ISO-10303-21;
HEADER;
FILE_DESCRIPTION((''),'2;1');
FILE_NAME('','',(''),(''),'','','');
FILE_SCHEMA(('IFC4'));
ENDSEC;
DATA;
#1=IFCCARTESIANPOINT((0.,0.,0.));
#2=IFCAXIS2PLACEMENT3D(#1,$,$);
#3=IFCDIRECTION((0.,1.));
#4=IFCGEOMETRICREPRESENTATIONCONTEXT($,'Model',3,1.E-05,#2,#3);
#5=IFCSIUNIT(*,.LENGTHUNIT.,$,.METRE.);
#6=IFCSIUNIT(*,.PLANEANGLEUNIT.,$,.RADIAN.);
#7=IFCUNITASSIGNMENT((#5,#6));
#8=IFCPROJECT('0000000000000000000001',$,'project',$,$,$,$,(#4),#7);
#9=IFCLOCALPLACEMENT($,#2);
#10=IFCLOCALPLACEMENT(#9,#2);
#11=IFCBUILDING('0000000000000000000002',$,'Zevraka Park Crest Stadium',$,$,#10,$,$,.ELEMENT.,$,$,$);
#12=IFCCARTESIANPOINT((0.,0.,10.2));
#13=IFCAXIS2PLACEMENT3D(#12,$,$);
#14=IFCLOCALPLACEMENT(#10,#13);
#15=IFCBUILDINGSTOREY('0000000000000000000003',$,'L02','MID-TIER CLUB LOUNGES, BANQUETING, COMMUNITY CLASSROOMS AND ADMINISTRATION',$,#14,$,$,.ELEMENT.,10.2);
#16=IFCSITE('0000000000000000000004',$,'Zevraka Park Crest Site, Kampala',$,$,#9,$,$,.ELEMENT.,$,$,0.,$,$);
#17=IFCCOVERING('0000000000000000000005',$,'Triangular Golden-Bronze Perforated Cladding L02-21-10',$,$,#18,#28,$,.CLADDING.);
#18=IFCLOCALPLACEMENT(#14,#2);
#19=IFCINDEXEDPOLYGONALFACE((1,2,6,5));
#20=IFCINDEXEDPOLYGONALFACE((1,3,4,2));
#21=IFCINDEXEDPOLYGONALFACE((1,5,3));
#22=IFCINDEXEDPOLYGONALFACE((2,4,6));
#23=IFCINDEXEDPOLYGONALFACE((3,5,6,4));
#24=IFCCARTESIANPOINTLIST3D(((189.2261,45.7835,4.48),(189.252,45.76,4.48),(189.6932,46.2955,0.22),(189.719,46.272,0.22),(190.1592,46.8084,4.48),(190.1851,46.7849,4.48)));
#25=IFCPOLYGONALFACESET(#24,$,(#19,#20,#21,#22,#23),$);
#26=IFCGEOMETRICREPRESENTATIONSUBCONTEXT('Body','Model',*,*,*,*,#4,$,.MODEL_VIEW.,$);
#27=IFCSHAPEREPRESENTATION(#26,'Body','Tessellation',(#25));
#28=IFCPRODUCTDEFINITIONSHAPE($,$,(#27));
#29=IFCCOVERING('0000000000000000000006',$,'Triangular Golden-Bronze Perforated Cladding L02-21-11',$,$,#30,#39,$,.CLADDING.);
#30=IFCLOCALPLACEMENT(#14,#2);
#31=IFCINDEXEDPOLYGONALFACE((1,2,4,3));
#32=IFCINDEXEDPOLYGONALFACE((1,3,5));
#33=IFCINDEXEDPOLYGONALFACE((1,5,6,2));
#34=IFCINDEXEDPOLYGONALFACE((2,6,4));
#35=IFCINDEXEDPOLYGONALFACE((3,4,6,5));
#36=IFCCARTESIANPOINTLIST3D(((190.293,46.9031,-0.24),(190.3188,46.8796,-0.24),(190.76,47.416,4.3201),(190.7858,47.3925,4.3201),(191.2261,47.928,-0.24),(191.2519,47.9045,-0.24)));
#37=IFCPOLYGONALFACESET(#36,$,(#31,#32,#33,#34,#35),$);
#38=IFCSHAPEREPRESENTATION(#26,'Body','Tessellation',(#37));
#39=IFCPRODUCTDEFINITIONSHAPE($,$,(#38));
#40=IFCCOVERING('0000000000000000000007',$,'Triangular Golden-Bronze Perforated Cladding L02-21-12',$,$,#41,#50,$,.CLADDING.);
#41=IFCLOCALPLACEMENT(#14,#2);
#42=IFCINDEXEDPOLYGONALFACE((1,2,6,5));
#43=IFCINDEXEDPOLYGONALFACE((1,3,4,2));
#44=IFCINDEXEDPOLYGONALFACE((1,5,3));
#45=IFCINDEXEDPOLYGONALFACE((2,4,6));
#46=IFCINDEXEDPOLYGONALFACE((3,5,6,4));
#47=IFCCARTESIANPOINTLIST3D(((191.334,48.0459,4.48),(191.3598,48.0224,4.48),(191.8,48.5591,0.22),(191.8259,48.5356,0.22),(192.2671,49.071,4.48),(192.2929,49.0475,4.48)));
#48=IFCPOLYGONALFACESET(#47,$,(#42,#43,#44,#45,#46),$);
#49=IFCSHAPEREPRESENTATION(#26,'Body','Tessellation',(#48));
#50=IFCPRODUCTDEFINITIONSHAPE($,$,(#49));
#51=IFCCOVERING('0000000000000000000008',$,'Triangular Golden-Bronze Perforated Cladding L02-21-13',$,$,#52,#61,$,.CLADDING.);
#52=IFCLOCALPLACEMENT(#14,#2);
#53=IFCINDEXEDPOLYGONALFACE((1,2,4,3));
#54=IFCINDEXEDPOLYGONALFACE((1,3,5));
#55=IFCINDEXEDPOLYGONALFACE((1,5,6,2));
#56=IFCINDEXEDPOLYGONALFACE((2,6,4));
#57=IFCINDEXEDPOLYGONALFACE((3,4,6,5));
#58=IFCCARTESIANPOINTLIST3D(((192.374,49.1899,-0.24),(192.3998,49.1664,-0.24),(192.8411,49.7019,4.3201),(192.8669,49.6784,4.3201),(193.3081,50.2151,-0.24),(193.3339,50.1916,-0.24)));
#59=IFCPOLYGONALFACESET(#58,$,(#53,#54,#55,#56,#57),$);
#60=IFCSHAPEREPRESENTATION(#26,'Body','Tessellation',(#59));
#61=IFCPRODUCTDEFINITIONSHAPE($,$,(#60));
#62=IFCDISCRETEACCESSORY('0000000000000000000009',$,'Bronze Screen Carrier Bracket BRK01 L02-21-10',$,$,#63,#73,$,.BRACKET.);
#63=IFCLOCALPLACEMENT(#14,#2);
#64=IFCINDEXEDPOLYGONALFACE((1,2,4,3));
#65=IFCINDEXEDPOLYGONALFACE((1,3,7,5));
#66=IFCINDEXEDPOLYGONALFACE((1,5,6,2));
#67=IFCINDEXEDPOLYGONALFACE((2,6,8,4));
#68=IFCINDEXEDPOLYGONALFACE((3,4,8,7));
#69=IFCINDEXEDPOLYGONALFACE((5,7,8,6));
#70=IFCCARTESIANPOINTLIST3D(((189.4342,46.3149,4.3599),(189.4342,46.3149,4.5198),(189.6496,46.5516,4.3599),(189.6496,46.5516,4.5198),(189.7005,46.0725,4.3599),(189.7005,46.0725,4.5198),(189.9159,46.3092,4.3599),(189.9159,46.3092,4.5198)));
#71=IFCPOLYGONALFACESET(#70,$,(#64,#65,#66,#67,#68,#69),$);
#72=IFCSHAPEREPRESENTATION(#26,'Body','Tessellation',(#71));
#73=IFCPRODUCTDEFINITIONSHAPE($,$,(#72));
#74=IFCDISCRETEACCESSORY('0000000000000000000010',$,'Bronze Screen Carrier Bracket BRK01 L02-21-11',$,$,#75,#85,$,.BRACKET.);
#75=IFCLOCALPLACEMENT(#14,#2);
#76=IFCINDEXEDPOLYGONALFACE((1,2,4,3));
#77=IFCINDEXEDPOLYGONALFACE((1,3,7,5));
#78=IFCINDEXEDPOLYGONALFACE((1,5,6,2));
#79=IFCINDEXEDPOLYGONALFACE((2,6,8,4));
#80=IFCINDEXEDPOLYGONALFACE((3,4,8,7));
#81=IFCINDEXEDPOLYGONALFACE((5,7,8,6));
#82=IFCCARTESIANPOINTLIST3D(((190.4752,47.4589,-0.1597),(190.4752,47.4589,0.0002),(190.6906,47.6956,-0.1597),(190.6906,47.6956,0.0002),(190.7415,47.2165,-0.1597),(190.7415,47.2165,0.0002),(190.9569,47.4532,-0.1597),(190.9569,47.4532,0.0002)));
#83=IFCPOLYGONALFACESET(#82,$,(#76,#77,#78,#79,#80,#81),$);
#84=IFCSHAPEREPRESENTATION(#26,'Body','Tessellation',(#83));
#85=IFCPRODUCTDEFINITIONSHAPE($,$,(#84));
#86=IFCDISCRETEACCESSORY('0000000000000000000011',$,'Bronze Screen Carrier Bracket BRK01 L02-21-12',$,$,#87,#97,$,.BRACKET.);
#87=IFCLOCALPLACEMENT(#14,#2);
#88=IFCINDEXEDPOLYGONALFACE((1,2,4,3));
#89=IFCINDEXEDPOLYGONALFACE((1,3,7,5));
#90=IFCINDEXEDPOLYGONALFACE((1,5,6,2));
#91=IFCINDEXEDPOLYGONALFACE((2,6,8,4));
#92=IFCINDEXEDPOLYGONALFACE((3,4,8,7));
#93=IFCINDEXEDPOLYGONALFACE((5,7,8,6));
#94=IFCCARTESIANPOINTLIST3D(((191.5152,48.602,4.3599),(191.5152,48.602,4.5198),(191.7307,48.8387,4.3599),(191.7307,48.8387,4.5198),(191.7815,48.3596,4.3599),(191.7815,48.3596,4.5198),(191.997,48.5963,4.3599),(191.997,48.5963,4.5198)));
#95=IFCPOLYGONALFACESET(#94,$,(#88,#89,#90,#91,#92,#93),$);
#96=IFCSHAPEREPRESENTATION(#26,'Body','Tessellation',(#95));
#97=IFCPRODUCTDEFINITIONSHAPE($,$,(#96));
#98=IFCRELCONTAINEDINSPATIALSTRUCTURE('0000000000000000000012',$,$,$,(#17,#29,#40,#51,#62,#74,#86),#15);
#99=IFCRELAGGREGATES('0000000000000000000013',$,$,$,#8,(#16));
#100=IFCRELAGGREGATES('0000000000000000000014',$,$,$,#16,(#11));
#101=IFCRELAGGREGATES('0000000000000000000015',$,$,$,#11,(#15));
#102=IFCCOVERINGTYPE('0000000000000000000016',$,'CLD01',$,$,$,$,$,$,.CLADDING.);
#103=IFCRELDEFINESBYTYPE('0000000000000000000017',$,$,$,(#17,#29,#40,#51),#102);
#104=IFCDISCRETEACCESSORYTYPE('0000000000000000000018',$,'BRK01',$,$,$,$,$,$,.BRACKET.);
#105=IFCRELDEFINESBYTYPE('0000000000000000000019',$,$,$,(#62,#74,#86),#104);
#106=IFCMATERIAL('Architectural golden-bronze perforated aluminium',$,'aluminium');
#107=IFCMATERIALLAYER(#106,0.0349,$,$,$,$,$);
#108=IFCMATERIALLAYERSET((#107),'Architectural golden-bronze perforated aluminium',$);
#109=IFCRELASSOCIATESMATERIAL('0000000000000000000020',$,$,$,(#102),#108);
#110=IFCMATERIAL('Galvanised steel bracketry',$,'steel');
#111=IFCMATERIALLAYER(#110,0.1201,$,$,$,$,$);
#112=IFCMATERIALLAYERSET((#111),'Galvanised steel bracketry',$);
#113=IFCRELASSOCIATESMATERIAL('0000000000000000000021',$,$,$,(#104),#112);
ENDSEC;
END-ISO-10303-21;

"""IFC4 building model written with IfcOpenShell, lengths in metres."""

from ifc_helpers import new_model, si_unit, direction, frame, origin, origin_2d, place, context, subcontext, project, spatial, polyline, rectangle, outline, extrude, material, layer, layer_set, type_object, element, save


model = new_model("IFC4")

# Units and contexts
model_context = context("Model", 3, precision=1e-05, world=origin(), true_north=direction((0.0, 1.0)))
body_context = subcontext(model_context, "Body", "Model", "MODEL_VIEW")
ifc_project = project(units=[si_unit("LENGTHUNIT", "METRE"), si_unit("PLANEANGLEUNIT", "RADIAN")], contexts=[model_context])

# Site, building, storey
site_placement = place(None, origin())
site = spatial("IfcSite", under=ifc_project, at=site_placement, Name="Zevraka Park Crest Site, Kampala", CompositionType="ELEMENT", RefElevation=0.0)
building_placement = place(site_placement, origin())
building = spatial("IfcBuilding", under=site, at=building_placement, Name="Zevraka Park Crest Stadium", CompositionType="ELEMENT")
storey_placement = place(building_placement, frame((0.0, 0.0, 10.2)))
storey = spatial("IfcBuildingStorey", under=building, at=storey_placement, Name="L02", Description="MID-TIER CLUB LOUNGES, BANQUETING, COMMUNITY CLASSROOMS AND ADMINISTRATION", CompositionType="ELEMENT", Elevation=10.2)

# Coverings
ifc_material_1 = material(Name="Architectural golden-bronze perforated aluminium", Category="aluminium")
ifc_layer_1 = layer(ifc_material_1, 0.0349)
ifc_layer_set_1 = layer_set([ifc_layer_1], Name="Architectural golden-bronze perforated aluminium")
covering_type = type_object("IfcCoveringType", Name="CLD01", PredefinedType="CLADDING", material=ifc_layer_set_1)
covering_1_placement = place(storey_placement, frame((190.1851, 46.7849, 4.48), z_axis=(0.739446, -0.673216, 0.000162), x_axis=(-0.673216, -0.739446, 0.0)))
element("IfcCovering", 1, at=covering_1_placement, inside=storey, type_object=covering_type, Name="Triangular Golden-Bronze Perforated Cladding L02-21-10", PredefinedType="CLADDING", context=body_context, shape_type="SweptSolid", body=[
    extrude(outline(polyline([(0.0, 0.0), (1.386, 0.0), (0.6931, 4.26), (0.0, 0.0)])), origin(), (0.0, 0.0, -1.0), 0.0349),
])
covering_2_placement = place(storey_placement, frame((190.293, 46.9031, -0.24), z_axis=(-0.739446, 0.673216, 0.000007), x_axis=(0.673216, 0.739446, 0.0)))
element("IfcCovering", 2, at=covering_2_placement, inside=storey, type_object=covering_type, Name="Triangular Golden-Bronze Perforated Cladding L02-21-11", PredefinedType="CLADDING", context=body_context, shape_type="SweptSolid", body=[
    extrude(outline(polyline([(0.0, 0.0), (1.386, 0.0), (0.6937, -4.5601), (0.0, 0.0)])), origin(), (0.0, 0.0, -1.0), 0.0349),
])
covering_3_placement = place(storey_placement, frame((192.2671, 49.071, 4.48), z_axis=(-0.739526, 0.673128, 0.000181), x_axis=(-0.673129, -0.739526, 0.0)))
element("IfcCovering", 3, at=covering_3_placement, inside=storey, type_object=covering_type, Name="Triangular Golden-Bronze Perforated Cladding L02-21-12", PredefinedType="CLADDING", context=body_context, shape_type="SweptSolid", body=[
    extrude(outline(polyline([(0.0, 0.0), (1.3862, 0.0), (0.693, -4.26), (0.0, 0.0)])), origin(), (0.0, 0.0, -1.0), 0.0349),
])
covering_4_placement = place(storey_placement, frame((192.374, 49.1899, -0.24), z_axis=(-0.739175, 0.673514, 0.00009), x_axis=(0.673514, 0.739175, 0.0)))
element("IfcCovering", 4, at=covering_4_placement, inside=storey, type_object=covering_type, Name="Triangular Golden-Bronze Perforated Cladding L02-21-13", PredefinedType="CLADDING", context=body_context, shape_type="SweptSolid", body=[
    extrude(outline(polyline([(0.0, 0.0), (1.3869, 0.0), (0.693, -4.5601), (0.0, 0.0)])), origin(), (0.0, 0.0, -1.0), 0.0349),
])

# Discrete accessories
ifc_material_2 = material(Name="Galvanised steel bracketry", Category="steel")
ifc_layer_2 = layer(ifc_material_2, 0.1201)
ifc_layer_set_2 = layer_set([ifc_layer_2], Name="Galvanised steel bracketry")
discrete_accessory_type = type_object("IfcDiscreteAccessoryType", Name="BRK01", PredefinedType="BRACKET", material=ifc_layer_set_2)
for number, where, z_axis, x_axis, name in (
    (5, (189.675, 46.312, 4.3599), (0.0, 0.0, 1.0), (0.673142, 0.739514, 0.0), "Bronze Screen Carrier Bracket BRK01 L02-21-10"),
    (6, (190.7161, 47.4561, -0.1597), (0.0, 0.0, 1.0), (0.673142, 0.739514, 0.0), "Bronze Screen Carrier Bracket BRK01 L02-21-11"),
    (7, (191.7561, 48.5991, 4.3599), (0.0, 0.0, 1.0), (0.673142, 0.739514, 0.0), "Bronze Screen Carrier Bracket BRK01 L02-21-12"),
):
    element("IfcDiscreteAccessory", number, at=place(storey_placement, frame(where, z_axis=z_axis, x_axis=x_axis)), inside=storey, type_object=discrete_accessory_type, Name=name, PredefinedType="BRACKET", context=body_context, shape_type="SweptSolid", body=[
        extrude(rectangle(XDim=0.3201, YDim=0.3601, at=origin_2d()), origin(), (0.0, 0.0, 1.0), 0.1599),
    ])

save(model, "model.ifc")
